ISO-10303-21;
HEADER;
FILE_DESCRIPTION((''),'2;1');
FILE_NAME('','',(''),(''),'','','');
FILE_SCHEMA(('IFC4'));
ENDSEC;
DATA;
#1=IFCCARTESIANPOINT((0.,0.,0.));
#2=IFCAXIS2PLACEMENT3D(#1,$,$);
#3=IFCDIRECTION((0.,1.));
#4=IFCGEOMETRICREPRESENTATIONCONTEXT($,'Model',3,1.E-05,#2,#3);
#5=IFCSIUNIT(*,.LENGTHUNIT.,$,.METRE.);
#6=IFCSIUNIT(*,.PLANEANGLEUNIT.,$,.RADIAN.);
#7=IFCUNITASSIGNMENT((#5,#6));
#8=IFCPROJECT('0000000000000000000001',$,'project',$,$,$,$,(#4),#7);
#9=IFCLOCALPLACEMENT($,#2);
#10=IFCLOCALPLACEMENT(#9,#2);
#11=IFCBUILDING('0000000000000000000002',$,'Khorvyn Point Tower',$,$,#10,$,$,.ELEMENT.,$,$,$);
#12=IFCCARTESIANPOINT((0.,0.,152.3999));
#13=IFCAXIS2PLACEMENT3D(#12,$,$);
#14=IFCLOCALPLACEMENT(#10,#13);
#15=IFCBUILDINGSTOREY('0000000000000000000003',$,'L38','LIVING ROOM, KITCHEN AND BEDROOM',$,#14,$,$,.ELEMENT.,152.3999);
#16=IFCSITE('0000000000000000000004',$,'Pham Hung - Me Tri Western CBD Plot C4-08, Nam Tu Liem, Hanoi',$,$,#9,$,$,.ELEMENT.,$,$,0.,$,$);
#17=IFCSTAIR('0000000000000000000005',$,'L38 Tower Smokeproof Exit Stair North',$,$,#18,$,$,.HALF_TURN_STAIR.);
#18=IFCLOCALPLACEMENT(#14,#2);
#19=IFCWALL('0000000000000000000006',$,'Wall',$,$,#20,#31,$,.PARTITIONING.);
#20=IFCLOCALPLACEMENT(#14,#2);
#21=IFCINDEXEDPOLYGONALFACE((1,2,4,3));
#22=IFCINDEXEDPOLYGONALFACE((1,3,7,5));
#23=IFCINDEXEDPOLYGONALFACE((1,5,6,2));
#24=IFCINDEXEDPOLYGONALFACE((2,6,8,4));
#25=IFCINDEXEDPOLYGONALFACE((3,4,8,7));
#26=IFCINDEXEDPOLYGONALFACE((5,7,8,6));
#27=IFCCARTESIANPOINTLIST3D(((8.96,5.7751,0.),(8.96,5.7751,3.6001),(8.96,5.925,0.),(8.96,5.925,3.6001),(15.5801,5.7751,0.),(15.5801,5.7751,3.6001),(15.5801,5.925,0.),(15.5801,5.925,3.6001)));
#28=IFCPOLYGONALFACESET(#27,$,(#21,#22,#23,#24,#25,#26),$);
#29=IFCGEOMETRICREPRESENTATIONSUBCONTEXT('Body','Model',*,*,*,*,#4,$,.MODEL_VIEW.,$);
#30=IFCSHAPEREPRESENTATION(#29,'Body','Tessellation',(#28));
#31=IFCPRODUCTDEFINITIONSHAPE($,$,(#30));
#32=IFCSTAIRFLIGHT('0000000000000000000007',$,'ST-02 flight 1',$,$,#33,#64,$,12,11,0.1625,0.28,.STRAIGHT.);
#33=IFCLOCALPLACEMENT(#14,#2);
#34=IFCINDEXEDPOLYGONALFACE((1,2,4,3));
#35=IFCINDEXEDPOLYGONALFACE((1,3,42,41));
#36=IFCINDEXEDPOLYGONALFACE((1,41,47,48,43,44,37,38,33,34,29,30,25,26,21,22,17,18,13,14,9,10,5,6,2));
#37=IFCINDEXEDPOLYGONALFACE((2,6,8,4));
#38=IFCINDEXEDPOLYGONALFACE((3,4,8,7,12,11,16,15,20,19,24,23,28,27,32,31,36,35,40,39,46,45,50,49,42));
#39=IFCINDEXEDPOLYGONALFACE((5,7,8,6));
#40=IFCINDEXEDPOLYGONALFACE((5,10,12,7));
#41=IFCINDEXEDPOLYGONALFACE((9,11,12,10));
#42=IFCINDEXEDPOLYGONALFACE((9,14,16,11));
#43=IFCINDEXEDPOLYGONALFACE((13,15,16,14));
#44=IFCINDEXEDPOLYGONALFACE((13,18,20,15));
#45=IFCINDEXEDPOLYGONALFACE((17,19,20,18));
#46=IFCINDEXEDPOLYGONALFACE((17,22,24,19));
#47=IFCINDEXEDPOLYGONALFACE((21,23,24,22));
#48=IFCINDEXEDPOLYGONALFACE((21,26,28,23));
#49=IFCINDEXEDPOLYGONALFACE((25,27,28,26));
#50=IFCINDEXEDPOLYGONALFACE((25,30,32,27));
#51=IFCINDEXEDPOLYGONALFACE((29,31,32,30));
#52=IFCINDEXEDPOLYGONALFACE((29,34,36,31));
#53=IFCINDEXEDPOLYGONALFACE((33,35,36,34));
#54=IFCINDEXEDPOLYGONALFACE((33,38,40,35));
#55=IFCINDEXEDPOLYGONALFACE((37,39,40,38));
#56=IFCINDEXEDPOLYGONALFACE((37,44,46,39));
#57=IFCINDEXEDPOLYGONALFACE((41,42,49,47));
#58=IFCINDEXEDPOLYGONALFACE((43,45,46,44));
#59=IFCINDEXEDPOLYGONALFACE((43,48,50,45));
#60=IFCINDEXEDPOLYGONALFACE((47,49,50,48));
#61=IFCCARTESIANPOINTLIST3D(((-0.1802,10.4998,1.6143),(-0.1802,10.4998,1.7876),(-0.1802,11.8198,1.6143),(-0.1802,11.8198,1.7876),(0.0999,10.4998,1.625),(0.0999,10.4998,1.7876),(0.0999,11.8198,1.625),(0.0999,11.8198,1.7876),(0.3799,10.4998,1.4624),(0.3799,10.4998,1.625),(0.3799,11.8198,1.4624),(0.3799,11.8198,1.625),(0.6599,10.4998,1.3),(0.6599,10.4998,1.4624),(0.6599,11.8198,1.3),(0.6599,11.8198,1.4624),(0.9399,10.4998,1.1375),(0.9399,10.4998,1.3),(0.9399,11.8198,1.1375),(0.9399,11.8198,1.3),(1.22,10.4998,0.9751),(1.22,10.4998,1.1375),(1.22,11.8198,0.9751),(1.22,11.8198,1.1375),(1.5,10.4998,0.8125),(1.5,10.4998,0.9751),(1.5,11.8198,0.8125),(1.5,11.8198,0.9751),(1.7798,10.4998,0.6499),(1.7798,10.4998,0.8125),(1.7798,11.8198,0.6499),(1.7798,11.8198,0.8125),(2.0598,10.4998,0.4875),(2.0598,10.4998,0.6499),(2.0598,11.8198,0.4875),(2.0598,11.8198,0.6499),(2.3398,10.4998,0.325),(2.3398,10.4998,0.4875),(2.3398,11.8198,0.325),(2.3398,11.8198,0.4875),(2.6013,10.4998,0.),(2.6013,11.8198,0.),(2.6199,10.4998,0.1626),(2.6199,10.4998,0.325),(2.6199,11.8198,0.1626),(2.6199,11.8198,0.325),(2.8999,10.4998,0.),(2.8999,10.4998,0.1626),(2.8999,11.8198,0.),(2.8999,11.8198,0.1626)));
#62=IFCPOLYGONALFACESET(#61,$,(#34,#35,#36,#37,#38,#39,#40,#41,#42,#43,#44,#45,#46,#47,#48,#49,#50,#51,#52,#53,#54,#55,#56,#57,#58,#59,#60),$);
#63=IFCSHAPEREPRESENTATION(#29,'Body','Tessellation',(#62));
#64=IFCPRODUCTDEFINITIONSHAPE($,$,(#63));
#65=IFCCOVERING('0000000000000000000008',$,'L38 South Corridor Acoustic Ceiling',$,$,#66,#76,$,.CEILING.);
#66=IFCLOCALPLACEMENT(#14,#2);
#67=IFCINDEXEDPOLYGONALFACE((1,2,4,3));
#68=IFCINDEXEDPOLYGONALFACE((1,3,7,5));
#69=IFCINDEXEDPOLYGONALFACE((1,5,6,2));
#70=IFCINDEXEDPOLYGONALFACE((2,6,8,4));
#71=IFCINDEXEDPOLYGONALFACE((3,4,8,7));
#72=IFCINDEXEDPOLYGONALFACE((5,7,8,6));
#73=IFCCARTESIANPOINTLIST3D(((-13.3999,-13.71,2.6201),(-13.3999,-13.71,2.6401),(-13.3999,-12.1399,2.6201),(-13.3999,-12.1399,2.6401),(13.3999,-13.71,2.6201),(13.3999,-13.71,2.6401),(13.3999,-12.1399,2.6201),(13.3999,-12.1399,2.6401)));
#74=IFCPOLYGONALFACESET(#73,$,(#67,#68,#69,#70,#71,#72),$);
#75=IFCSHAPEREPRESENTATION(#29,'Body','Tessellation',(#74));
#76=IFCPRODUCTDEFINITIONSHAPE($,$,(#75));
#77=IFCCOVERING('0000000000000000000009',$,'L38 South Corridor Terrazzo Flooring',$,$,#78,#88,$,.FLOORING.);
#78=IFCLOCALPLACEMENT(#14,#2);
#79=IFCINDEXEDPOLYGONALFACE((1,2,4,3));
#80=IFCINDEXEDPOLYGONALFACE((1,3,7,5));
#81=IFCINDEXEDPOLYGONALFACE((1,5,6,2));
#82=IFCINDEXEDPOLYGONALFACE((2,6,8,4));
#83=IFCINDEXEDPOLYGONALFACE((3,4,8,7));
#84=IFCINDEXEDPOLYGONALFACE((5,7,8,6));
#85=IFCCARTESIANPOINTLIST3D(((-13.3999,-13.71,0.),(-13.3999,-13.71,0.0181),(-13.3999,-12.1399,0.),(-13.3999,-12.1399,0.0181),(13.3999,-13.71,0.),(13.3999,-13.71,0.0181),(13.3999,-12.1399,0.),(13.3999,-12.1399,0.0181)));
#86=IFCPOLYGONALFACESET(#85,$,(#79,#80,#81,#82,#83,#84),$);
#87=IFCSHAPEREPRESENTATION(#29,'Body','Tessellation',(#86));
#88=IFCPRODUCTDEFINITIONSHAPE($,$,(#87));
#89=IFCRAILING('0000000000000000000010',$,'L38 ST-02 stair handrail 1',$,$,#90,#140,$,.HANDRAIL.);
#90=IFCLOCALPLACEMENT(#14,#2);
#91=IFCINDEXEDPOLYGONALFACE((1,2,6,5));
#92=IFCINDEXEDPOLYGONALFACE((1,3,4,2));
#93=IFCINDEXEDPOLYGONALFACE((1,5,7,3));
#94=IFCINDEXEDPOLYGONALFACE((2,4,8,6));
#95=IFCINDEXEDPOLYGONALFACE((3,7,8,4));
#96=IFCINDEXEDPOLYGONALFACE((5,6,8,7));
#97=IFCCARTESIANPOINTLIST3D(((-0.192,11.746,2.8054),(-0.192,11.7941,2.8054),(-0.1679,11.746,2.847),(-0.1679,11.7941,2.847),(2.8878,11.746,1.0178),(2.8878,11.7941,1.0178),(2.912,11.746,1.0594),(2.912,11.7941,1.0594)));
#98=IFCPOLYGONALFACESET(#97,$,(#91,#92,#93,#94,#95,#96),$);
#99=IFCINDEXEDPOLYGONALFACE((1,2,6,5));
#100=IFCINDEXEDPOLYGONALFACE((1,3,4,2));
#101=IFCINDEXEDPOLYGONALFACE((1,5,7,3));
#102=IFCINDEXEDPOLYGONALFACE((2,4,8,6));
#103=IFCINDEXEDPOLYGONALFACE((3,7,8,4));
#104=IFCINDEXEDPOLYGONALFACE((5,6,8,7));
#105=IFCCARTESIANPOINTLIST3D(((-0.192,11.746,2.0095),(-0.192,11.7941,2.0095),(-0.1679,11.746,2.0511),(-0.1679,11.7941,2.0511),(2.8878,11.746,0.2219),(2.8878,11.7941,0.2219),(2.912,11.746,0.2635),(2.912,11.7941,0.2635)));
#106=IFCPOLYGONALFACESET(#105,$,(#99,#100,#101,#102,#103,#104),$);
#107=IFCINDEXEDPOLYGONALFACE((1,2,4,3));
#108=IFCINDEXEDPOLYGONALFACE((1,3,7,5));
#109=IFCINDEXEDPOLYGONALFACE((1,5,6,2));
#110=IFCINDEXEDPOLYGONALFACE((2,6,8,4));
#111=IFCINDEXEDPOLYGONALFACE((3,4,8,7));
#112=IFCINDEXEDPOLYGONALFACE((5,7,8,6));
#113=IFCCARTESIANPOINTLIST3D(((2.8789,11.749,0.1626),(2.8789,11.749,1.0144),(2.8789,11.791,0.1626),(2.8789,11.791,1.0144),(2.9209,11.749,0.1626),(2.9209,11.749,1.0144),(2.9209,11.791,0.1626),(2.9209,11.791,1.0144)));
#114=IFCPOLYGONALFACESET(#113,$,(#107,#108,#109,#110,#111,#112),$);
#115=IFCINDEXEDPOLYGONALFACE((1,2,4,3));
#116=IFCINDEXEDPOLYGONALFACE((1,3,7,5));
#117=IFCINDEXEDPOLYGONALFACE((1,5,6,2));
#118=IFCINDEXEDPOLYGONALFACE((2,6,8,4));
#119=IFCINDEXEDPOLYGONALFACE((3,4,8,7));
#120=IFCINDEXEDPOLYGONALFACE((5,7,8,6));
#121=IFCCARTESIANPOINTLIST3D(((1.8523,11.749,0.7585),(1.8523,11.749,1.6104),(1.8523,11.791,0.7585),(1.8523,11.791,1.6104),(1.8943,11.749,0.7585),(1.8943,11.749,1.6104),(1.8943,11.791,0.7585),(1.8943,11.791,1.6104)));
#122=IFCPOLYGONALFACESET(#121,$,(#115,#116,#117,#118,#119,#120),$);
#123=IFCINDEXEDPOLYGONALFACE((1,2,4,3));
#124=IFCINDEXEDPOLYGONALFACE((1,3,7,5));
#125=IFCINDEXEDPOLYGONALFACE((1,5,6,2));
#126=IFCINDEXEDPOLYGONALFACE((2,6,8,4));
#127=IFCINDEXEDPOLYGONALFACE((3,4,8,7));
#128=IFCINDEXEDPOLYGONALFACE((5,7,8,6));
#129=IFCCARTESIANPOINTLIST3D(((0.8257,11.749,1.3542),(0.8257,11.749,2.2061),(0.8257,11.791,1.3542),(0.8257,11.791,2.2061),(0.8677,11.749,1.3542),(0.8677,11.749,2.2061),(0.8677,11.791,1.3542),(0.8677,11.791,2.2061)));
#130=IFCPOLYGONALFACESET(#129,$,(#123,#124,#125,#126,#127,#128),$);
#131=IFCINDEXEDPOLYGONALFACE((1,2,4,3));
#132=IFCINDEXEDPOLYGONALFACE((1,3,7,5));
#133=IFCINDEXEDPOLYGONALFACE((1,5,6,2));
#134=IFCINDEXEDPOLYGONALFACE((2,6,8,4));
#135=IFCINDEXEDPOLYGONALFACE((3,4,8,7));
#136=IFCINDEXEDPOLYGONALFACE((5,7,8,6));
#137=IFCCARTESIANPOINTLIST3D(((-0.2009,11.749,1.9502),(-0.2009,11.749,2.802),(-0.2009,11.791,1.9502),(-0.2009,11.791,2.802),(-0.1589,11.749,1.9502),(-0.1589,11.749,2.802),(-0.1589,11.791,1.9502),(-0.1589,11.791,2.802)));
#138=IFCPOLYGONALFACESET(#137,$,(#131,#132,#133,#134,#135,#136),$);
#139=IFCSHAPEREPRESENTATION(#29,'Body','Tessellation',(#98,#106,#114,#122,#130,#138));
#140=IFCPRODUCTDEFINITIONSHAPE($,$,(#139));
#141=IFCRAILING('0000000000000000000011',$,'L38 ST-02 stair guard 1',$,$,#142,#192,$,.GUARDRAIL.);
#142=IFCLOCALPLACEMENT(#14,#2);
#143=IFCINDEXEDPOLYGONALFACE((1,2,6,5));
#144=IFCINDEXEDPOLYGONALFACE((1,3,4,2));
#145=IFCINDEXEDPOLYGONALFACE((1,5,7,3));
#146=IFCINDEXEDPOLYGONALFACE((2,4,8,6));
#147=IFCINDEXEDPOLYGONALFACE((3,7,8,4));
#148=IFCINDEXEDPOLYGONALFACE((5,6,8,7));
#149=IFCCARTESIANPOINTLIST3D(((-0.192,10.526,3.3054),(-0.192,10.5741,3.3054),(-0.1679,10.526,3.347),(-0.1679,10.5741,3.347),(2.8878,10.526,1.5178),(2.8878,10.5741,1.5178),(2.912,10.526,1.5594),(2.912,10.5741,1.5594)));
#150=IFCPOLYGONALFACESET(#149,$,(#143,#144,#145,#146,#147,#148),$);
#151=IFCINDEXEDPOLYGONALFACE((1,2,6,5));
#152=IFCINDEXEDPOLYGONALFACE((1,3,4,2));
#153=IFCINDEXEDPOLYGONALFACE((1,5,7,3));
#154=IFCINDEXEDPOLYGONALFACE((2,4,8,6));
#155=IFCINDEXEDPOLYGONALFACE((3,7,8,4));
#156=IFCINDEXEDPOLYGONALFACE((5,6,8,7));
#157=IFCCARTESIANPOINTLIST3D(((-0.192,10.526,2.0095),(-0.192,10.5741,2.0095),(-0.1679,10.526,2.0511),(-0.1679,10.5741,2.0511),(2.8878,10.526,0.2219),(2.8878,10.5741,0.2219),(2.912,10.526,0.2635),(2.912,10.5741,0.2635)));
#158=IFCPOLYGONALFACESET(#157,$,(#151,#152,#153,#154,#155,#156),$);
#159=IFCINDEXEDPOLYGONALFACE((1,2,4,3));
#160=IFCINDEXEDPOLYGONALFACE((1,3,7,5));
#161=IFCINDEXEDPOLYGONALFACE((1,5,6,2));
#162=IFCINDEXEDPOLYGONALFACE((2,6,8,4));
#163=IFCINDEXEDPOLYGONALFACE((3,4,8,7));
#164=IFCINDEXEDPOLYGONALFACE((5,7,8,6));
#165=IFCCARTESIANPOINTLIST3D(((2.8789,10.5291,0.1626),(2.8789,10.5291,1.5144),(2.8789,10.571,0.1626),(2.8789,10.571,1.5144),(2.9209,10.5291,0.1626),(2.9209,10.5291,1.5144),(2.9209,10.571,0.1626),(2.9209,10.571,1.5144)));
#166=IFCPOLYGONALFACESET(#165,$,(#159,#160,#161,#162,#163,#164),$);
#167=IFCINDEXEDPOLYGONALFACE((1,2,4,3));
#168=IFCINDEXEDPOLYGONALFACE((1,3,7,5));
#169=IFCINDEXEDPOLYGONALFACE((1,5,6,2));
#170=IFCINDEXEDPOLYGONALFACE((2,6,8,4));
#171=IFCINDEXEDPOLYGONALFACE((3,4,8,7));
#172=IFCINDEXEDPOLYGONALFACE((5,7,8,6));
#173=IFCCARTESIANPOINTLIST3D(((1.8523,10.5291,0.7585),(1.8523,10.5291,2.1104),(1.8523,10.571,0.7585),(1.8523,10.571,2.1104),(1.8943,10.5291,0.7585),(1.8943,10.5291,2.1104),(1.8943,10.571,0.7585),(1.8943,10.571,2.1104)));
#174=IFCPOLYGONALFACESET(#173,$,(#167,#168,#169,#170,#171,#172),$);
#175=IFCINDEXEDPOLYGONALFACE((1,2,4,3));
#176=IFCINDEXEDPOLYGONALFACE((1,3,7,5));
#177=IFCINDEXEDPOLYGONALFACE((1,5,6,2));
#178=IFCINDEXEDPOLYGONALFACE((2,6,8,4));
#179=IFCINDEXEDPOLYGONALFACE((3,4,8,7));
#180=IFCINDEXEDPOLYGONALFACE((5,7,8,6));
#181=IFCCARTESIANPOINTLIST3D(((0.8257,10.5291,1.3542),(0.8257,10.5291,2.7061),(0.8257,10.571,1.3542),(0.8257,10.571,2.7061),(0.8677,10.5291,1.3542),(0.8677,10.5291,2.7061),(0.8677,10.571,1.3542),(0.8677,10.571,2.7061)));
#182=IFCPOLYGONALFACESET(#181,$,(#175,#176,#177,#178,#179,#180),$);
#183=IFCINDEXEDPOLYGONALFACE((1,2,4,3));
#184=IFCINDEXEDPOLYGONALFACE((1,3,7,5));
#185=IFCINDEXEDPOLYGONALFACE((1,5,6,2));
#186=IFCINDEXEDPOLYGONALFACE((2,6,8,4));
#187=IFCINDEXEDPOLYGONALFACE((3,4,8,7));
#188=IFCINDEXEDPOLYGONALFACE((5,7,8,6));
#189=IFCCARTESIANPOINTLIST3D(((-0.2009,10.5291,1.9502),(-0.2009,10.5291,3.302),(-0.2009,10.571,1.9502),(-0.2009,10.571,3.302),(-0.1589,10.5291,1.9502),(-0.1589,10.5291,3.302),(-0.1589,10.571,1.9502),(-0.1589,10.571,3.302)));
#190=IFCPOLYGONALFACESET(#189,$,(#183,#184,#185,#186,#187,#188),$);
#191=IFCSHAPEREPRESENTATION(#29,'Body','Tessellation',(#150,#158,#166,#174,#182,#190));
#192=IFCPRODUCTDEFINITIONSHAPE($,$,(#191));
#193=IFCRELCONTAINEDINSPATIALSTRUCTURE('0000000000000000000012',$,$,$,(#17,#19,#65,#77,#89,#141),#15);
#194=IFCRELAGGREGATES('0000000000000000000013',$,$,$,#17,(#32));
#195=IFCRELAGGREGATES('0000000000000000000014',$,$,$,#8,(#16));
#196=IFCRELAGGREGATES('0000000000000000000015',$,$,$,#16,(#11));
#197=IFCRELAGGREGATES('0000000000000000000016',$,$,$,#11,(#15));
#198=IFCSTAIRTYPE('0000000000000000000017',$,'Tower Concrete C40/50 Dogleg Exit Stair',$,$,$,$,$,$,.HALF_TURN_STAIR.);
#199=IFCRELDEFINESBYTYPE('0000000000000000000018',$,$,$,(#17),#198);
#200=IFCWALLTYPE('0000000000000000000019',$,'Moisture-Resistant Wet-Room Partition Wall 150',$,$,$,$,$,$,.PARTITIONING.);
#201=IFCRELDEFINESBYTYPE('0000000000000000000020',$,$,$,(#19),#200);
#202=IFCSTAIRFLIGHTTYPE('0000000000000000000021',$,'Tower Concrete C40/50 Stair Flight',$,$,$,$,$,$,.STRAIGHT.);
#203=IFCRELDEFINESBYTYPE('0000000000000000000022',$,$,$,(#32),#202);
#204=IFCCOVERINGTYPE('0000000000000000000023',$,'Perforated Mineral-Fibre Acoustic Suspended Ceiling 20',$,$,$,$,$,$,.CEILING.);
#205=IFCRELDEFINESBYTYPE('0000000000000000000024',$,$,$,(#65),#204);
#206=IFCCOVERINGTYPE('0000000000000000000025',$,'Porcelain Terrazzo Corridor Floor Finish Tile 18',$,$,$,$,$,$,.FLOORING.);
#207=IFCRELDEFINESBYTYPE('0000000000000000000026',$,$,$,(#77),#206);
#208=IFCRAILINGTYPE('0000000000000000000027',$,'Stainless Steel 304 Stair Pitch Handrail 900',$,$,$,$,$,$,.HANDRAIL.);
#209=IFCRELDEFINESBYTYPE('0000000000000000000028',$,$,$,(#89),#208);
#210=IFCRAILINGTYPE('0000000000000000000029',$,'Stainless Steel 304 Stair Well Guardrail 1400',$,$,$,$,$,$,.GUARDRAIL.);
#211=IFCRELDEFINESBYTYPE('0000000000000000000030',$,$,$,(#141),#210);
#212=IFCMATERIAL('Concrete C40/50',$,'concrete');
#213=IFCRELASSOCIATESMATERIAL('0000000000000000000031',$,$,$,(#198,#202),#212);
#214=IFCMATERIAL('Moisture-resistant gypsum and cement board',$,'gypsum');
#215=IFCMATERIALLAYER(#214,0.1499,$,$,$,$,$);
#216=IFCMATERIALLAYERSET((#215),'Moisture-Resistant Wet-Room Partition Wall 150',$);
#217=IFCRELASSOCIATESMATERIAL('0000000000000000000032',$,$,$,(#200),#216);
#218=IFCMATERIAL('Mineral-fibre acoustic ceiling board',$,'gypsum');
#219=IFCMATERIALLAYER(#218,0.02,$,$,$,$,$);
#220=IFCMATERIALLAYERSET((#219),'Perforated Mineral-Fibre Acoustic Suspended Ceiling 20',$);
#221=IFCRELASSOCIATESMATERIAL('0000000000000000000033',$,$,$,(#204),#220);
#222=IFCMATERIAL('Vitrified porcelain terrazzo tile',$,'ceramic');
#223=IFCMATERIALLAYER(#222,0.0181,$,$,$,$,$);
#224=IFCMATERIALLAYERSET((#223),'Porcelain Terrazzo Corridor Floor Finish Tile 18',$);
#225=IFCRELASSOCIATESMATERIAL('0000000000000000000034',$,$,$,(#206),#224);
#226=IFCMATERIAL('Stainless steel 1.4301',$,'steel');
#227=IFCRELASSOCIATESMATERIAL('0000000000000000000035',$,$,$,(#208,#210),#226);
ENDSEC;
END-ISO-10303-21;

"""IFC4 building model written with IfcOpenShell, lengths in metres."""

from ifc_helpers import new_model, si_unit, direction, frame, frame_2d, origin, origin_2d, place, context, subcontext, project, spatial, polyline, rectangle, outline, extrude, material, layer, layer_set, type_object, element, aggregate, save


model = new_model("IFC4")

# Units and contexts
model_context = context("Model", 3, precision=1e-05, world=origin(), true_north=direction((0.0, 1.0)))
body_context = subcontext(model_context, "Body", "Model", "MODEL_VIEW")
ifc_project = project(units=[si_unit("LENGTHUNIT", "METRE"), si_unit("PLANEANGLEUNIT", "RADIAN")], contexts=[model_context])

# Site, building, storey
site_placement = place(None, origin())
site = spatial("IfcSite", under=ifc_project, at=site_placement, Name="Pham Hung - Me Tri Western CBD Plot C4-08, Nam Tu Liem, Hanoi", CompositionType="ELEMENT", RefElevation=0.0)
building_placement = place(site_placement, origin())
building = spatial("IfcBuilding", under=site, at=building_placement, Name="Khorvyn Point Tower", CompositionType="ELEMENT")
storey_placement = place(building_placement, frame((0.0, 0.0, 152.3999)))
storey = spatial("IfcBuildingStorey", under=building, at=storey_placement, Name="L38", Description="LIVING ROOM, KITCHEN AND BEDROOM", CompositionType="ELEMENT", Elevation=152.3999)

# Shared definitions
ifc_material_1 = material(Name="Concrete C40/50", Category="concrete")

# Stair
stair_type = type_object("IfcStairType", Name="Tower Concrete C40/50 Dogleg Exit Stair", PredefinedType="HALF_TURN_STAIR", material=ifc_material_1)
stair_1_placement = place(storey_placement, origin())
stair_1 = element("IfcStair", 1, at=stair_1_placement, inside=storey, type_object=stair_type, Name="L38 Tower Smokeproof Exit Stair North", PredefinedType="HALF_TURN_STAIR")

# Shared definitions
ifc_material_2 = material(Name="Stainless steel 1.4301", Category="steel")

# Shared definitions
ifc_material_3 = material(Name="Moisture-resistant gypsum and cement board", Category="gypsum")
ifc_layer_1 = layer(ifc_material_3, 0.1499)
ifc_layer_set_1 = layer_set([ifc_layer_1], Name="Moisture-Resistant Wet-Room Partition Wall 150")
wall_type_1 = type_object("IfcWallType", Name="Moisture-Resistant Wet-Room Partition Wall 150", PredefinedType="PARTITIONING", material=ifc_layer_set_1)

# Wall
wall_1_placement = place(storey_placement, frame((8.96, 5.8501, 0.0), z_axis=(0.0, 0.0, 1.0), x_axis=(1.0, 0.0, 0.0)))
element("IfcWall", 2, at=wall_1_placement, inside=storey, type_object=wall_type_1, Name="Wall", PredefinedType="PARTITIONING", context=body_context, shape_type="SweptSolid", body=[
    extrude(rectangle(XDim=6.6201, YDim=0.1499, at=frame_2d((3.3101, 0.0))), origin(), (0.0, 0.0, 1.0), 3.6001),
])

# Stair flight
stair_flight_type = type_object("IfcStairFlightType", Name="Tower Concrete C40/50 Stair Flight", PredefinedType="STRAIGHT", material=ifc_material_1)
stair_flight_placement = place(storey_placement, frame((2.8999, 11.1599, 0.0), z_axis=(0.0, 0.0, 1.0), x_axis=(-1.0, 0.0, 0.0)))
stair_flight = element("IfcStairFlight", 3, at=stair_flight_placement, type_object=stair_flight_type, Name="ST-02 flight 1", NumberOfRisers=12, NumberOfTreads=11, PredefinedType="STRAIGHT", RiserHeight=0.1625, TreadLength=0.28, context=body_context, shape_type="SweptSolid", body=[
    extrude(outline(polyline([(0.0, 0.0), (0.0, 0.1626), (0.28, 0.1626), (0.28, 0.325), (0.5601, 0.325), (0.5601, 0.4875), (0.8401, 0.4875), (0.8401, 0.6499), (1.1201, 0.6499), (1.1201, 0.8125), (1.3999, 0.8125), (1.3999, 0.9751), (1.6799, 0.9751), (1.6799, 1.1375), (1.96, 1.1375), (1.96, 1.3), (2.24, 1.3), (2.24, 1.4624), (2.52, 1.4624), (2.52, 1.625), (2.8, 1.625), (2.8, 1.7876), (3.0801, 1.7876), (3.0801, 1.95), (3.0801, 1.6143), (0.2986, 0.0), (0.0, 0.0)])), frame((0.0, 0.6602, 0.0), z_axis=(0.0, -1.0, 0.0), x_axis=(1.0, 0.0, 0.0)), (0.0, 0.0, 1.0), 1.3201),
])
aggregate(stair_1, [stair_flight])

# Coverings
ifc_material_4 = material(Name="Mineral-fibre acoustic ceiling board", Category="gypsum")
ifc_layer_2 = layer(ifc_material_4, 0.02)
ifc_layer_set_2 = layer_set([ifc_layer_2], Name="Perforated Mineral-Fibre Acoustic Suspended Ceiling 20")
covering_type_1 = type_object("IfcCoveringType", Name="Perforated Mineral-Fibre Acoustic Suspended Ceiling 20", PredefinedType="CEILING", material=ifc_layer_set_2)
covering_1_placement = place(storey_placement, frame((0.0, 0.0, 2.6201)))
element("IfcCovering", 4, at=covering_1_placement, inside=storey, type_object=covering_type_1, Name="L38 South Corridor Acoustic Ceiling", PredefinedType="CEILING", context=body_context, shape_type="SweptSolid", body=[
    extrude(outline(polyline([(-13.3999, -13.71), (13.3999, -13.71), (13.3999, -12.1399), (-13.3999, -12.1399), (-13.3999, -13.71)])), origin(), (0.0, 0.0, 1.0), 0.02),
])
ifc_material_5 = material(Name="Vitrified porcelain terrazzo tile", Category="ceramic")
ifc_layer_3 = layer(ifc_material_5, 0.0181)
ifc_layer_set_3 = layer_set([ifc_layer_3], Name="Porcelain Terrazzo Corridor Floor Finish Tile 18")
covering_type_2 = type_object("IfcCoveringType", Name="Porcelain Terrazzo Corridor Floor Finish Tile 18", PredefinedType="FLOORING", material=ifc_layer_set_3)
covering_2_placement = place(storey_placement, origin())
element("IfcCovering", 5, at=covering_2_placement, inside=storey, type_object=covering_type_2, Name="L38 South Corridor Terrazzo Flooring", PredefinedType="FLOORING", context=body_context, shape_type="SweptSolid", body=[
    extrude(outline(polyline([(-13.3999, -13.71), (13.3999, -13.71), (13.3999, -12.1399), (-13.3999, -12.1399), (-13.3999, -13.71)])), origin(), (0.0, 0.0, 1.0), 0.0181),
])

# Railings
railing_type_1 = type_object("IfcRailingType", Name="Stainless Steel 304 Stair Pitch Handrail 900", PredefinedType="HANDRAIL", material=ifc_material_2)
railing_1_placement = place(storey_placement, frame((2.8999, 11.77, 0.1626)))
element("IfcRailing", 6, at=railing_1_placement, inside=storey, type_object=railing_type_1, Name="L38 ST-02 stair handrail 1", PredefinedType="HANDRAIL", context=body_context, shape_type="SweptSolid", body=[
    extrude(rectangle(XDim=0.0481, YDim=0.0481, at=origin_2d()), frame((0.0, 0.0, 0.876), z_axis=(-0.864873, 0.0, 0.50199), x_axis=(0.0, -1.0, 0.0)), (0.0, 0.0, 1.0), 3.561),
    extrude(rectangle(XDim=0.0481, YDim=0.0481, at=origin_2d()), frame((0.0, 0.0, 0.0801), z_axis=(-0.864873, 0.0, 0.50199), x_axis=(0.0, -1.0, 0.0)), (0.0, 0.0, 1.0), 3.561),
    extrude(rectangle(XDim=0.042, YDim=0.042, at=origin_2d()), origin(), (0.0, 0.0, 1.0), 0.8518),
    extrude(rectangle(XDim=0.042, YDim=0.042, at=origin_2d()), frame((-1.0266, 0.0, 0.5959)), (0.0, 0.0, 1.0), 0.8518),
    extrude(rectangle(XDim=0.042, YDim=0.042, at=origin_2d()), frame((-2.0532, 0.0, 1.1917)), (0.0, 0.0, 1.0), 0.8518),
    extrude(rectangle(XDim=0.042, YDim=0.042, at=origin_2d()), frame((-3.0798, 0.0, 1.7876)), (0.0, 0.0, 1.0), 0.8518),
])
railing_type_2 = type_object("IfcRailingType", Name="Stainless Steel 304 Stair Well Guardrail 1400", PredefinedType="GUARDRAIL", material=ifc_material_2)
railing_2_placement = place(storey_placement, frame((2.8999, 10.55, 0.1626)))
element("IfcRailing", 7, at=railing_2_placement, inside=storey, type_object=railing_type_2, Name="L38 ST-02 stair guard 1", PredefinedType="GUARDRAIL", context=body_context, shape_type="SweptSolid", body=[
    extrude(rectangle(XDim=0.0481, YDim=0.0481, at=origin_2d()), frame((0.0, 0.0, 1.376), z_axis=(-0.864873, 0.0, 0.50199), x_axis=(0.0, -1.0, 0.0)), (0.0, 0.0, 1.0), 3.561),
    extrude(rectangle(XDim=0.0481, YDim=0.0481, at=origin_2d()), frame((0.0, 0.0, 0.0801), z_axis=(-0.864873, 0.0, 0.50199), x_axis=(0.0, -1.0, 0.0)), (0.0, 0.0, 1.0), 3.561),
    extrude(rectangle(XDim=0.042, YDim=0.042, at=origin_2d()), origin(), (0.0, 0.0, 1.0), 1.3518),
    extrude(rectangle(XDim=0.042, YDim=0.042, at=origin_2d()), frame((-1.0266, 0.0, 0.5959)), (0.0, 0.0, 1.0), 1.3518),
    extrude(rectangle(XDim=0.042, YDim=0.042, at=origin_2d()), frame((-2.0532, 0.0, 1.1917)), (0.0, 0.0, 1.0), 1.3518),
    extrude(rectangle(XDim=0.042, YDim=0.042, at=origin_2d()), frame((-3.0798, 0.0, 1.7876)), (0.0, 0.0, 1.0), 1.3518),
])

save(model, "model.ifc")
